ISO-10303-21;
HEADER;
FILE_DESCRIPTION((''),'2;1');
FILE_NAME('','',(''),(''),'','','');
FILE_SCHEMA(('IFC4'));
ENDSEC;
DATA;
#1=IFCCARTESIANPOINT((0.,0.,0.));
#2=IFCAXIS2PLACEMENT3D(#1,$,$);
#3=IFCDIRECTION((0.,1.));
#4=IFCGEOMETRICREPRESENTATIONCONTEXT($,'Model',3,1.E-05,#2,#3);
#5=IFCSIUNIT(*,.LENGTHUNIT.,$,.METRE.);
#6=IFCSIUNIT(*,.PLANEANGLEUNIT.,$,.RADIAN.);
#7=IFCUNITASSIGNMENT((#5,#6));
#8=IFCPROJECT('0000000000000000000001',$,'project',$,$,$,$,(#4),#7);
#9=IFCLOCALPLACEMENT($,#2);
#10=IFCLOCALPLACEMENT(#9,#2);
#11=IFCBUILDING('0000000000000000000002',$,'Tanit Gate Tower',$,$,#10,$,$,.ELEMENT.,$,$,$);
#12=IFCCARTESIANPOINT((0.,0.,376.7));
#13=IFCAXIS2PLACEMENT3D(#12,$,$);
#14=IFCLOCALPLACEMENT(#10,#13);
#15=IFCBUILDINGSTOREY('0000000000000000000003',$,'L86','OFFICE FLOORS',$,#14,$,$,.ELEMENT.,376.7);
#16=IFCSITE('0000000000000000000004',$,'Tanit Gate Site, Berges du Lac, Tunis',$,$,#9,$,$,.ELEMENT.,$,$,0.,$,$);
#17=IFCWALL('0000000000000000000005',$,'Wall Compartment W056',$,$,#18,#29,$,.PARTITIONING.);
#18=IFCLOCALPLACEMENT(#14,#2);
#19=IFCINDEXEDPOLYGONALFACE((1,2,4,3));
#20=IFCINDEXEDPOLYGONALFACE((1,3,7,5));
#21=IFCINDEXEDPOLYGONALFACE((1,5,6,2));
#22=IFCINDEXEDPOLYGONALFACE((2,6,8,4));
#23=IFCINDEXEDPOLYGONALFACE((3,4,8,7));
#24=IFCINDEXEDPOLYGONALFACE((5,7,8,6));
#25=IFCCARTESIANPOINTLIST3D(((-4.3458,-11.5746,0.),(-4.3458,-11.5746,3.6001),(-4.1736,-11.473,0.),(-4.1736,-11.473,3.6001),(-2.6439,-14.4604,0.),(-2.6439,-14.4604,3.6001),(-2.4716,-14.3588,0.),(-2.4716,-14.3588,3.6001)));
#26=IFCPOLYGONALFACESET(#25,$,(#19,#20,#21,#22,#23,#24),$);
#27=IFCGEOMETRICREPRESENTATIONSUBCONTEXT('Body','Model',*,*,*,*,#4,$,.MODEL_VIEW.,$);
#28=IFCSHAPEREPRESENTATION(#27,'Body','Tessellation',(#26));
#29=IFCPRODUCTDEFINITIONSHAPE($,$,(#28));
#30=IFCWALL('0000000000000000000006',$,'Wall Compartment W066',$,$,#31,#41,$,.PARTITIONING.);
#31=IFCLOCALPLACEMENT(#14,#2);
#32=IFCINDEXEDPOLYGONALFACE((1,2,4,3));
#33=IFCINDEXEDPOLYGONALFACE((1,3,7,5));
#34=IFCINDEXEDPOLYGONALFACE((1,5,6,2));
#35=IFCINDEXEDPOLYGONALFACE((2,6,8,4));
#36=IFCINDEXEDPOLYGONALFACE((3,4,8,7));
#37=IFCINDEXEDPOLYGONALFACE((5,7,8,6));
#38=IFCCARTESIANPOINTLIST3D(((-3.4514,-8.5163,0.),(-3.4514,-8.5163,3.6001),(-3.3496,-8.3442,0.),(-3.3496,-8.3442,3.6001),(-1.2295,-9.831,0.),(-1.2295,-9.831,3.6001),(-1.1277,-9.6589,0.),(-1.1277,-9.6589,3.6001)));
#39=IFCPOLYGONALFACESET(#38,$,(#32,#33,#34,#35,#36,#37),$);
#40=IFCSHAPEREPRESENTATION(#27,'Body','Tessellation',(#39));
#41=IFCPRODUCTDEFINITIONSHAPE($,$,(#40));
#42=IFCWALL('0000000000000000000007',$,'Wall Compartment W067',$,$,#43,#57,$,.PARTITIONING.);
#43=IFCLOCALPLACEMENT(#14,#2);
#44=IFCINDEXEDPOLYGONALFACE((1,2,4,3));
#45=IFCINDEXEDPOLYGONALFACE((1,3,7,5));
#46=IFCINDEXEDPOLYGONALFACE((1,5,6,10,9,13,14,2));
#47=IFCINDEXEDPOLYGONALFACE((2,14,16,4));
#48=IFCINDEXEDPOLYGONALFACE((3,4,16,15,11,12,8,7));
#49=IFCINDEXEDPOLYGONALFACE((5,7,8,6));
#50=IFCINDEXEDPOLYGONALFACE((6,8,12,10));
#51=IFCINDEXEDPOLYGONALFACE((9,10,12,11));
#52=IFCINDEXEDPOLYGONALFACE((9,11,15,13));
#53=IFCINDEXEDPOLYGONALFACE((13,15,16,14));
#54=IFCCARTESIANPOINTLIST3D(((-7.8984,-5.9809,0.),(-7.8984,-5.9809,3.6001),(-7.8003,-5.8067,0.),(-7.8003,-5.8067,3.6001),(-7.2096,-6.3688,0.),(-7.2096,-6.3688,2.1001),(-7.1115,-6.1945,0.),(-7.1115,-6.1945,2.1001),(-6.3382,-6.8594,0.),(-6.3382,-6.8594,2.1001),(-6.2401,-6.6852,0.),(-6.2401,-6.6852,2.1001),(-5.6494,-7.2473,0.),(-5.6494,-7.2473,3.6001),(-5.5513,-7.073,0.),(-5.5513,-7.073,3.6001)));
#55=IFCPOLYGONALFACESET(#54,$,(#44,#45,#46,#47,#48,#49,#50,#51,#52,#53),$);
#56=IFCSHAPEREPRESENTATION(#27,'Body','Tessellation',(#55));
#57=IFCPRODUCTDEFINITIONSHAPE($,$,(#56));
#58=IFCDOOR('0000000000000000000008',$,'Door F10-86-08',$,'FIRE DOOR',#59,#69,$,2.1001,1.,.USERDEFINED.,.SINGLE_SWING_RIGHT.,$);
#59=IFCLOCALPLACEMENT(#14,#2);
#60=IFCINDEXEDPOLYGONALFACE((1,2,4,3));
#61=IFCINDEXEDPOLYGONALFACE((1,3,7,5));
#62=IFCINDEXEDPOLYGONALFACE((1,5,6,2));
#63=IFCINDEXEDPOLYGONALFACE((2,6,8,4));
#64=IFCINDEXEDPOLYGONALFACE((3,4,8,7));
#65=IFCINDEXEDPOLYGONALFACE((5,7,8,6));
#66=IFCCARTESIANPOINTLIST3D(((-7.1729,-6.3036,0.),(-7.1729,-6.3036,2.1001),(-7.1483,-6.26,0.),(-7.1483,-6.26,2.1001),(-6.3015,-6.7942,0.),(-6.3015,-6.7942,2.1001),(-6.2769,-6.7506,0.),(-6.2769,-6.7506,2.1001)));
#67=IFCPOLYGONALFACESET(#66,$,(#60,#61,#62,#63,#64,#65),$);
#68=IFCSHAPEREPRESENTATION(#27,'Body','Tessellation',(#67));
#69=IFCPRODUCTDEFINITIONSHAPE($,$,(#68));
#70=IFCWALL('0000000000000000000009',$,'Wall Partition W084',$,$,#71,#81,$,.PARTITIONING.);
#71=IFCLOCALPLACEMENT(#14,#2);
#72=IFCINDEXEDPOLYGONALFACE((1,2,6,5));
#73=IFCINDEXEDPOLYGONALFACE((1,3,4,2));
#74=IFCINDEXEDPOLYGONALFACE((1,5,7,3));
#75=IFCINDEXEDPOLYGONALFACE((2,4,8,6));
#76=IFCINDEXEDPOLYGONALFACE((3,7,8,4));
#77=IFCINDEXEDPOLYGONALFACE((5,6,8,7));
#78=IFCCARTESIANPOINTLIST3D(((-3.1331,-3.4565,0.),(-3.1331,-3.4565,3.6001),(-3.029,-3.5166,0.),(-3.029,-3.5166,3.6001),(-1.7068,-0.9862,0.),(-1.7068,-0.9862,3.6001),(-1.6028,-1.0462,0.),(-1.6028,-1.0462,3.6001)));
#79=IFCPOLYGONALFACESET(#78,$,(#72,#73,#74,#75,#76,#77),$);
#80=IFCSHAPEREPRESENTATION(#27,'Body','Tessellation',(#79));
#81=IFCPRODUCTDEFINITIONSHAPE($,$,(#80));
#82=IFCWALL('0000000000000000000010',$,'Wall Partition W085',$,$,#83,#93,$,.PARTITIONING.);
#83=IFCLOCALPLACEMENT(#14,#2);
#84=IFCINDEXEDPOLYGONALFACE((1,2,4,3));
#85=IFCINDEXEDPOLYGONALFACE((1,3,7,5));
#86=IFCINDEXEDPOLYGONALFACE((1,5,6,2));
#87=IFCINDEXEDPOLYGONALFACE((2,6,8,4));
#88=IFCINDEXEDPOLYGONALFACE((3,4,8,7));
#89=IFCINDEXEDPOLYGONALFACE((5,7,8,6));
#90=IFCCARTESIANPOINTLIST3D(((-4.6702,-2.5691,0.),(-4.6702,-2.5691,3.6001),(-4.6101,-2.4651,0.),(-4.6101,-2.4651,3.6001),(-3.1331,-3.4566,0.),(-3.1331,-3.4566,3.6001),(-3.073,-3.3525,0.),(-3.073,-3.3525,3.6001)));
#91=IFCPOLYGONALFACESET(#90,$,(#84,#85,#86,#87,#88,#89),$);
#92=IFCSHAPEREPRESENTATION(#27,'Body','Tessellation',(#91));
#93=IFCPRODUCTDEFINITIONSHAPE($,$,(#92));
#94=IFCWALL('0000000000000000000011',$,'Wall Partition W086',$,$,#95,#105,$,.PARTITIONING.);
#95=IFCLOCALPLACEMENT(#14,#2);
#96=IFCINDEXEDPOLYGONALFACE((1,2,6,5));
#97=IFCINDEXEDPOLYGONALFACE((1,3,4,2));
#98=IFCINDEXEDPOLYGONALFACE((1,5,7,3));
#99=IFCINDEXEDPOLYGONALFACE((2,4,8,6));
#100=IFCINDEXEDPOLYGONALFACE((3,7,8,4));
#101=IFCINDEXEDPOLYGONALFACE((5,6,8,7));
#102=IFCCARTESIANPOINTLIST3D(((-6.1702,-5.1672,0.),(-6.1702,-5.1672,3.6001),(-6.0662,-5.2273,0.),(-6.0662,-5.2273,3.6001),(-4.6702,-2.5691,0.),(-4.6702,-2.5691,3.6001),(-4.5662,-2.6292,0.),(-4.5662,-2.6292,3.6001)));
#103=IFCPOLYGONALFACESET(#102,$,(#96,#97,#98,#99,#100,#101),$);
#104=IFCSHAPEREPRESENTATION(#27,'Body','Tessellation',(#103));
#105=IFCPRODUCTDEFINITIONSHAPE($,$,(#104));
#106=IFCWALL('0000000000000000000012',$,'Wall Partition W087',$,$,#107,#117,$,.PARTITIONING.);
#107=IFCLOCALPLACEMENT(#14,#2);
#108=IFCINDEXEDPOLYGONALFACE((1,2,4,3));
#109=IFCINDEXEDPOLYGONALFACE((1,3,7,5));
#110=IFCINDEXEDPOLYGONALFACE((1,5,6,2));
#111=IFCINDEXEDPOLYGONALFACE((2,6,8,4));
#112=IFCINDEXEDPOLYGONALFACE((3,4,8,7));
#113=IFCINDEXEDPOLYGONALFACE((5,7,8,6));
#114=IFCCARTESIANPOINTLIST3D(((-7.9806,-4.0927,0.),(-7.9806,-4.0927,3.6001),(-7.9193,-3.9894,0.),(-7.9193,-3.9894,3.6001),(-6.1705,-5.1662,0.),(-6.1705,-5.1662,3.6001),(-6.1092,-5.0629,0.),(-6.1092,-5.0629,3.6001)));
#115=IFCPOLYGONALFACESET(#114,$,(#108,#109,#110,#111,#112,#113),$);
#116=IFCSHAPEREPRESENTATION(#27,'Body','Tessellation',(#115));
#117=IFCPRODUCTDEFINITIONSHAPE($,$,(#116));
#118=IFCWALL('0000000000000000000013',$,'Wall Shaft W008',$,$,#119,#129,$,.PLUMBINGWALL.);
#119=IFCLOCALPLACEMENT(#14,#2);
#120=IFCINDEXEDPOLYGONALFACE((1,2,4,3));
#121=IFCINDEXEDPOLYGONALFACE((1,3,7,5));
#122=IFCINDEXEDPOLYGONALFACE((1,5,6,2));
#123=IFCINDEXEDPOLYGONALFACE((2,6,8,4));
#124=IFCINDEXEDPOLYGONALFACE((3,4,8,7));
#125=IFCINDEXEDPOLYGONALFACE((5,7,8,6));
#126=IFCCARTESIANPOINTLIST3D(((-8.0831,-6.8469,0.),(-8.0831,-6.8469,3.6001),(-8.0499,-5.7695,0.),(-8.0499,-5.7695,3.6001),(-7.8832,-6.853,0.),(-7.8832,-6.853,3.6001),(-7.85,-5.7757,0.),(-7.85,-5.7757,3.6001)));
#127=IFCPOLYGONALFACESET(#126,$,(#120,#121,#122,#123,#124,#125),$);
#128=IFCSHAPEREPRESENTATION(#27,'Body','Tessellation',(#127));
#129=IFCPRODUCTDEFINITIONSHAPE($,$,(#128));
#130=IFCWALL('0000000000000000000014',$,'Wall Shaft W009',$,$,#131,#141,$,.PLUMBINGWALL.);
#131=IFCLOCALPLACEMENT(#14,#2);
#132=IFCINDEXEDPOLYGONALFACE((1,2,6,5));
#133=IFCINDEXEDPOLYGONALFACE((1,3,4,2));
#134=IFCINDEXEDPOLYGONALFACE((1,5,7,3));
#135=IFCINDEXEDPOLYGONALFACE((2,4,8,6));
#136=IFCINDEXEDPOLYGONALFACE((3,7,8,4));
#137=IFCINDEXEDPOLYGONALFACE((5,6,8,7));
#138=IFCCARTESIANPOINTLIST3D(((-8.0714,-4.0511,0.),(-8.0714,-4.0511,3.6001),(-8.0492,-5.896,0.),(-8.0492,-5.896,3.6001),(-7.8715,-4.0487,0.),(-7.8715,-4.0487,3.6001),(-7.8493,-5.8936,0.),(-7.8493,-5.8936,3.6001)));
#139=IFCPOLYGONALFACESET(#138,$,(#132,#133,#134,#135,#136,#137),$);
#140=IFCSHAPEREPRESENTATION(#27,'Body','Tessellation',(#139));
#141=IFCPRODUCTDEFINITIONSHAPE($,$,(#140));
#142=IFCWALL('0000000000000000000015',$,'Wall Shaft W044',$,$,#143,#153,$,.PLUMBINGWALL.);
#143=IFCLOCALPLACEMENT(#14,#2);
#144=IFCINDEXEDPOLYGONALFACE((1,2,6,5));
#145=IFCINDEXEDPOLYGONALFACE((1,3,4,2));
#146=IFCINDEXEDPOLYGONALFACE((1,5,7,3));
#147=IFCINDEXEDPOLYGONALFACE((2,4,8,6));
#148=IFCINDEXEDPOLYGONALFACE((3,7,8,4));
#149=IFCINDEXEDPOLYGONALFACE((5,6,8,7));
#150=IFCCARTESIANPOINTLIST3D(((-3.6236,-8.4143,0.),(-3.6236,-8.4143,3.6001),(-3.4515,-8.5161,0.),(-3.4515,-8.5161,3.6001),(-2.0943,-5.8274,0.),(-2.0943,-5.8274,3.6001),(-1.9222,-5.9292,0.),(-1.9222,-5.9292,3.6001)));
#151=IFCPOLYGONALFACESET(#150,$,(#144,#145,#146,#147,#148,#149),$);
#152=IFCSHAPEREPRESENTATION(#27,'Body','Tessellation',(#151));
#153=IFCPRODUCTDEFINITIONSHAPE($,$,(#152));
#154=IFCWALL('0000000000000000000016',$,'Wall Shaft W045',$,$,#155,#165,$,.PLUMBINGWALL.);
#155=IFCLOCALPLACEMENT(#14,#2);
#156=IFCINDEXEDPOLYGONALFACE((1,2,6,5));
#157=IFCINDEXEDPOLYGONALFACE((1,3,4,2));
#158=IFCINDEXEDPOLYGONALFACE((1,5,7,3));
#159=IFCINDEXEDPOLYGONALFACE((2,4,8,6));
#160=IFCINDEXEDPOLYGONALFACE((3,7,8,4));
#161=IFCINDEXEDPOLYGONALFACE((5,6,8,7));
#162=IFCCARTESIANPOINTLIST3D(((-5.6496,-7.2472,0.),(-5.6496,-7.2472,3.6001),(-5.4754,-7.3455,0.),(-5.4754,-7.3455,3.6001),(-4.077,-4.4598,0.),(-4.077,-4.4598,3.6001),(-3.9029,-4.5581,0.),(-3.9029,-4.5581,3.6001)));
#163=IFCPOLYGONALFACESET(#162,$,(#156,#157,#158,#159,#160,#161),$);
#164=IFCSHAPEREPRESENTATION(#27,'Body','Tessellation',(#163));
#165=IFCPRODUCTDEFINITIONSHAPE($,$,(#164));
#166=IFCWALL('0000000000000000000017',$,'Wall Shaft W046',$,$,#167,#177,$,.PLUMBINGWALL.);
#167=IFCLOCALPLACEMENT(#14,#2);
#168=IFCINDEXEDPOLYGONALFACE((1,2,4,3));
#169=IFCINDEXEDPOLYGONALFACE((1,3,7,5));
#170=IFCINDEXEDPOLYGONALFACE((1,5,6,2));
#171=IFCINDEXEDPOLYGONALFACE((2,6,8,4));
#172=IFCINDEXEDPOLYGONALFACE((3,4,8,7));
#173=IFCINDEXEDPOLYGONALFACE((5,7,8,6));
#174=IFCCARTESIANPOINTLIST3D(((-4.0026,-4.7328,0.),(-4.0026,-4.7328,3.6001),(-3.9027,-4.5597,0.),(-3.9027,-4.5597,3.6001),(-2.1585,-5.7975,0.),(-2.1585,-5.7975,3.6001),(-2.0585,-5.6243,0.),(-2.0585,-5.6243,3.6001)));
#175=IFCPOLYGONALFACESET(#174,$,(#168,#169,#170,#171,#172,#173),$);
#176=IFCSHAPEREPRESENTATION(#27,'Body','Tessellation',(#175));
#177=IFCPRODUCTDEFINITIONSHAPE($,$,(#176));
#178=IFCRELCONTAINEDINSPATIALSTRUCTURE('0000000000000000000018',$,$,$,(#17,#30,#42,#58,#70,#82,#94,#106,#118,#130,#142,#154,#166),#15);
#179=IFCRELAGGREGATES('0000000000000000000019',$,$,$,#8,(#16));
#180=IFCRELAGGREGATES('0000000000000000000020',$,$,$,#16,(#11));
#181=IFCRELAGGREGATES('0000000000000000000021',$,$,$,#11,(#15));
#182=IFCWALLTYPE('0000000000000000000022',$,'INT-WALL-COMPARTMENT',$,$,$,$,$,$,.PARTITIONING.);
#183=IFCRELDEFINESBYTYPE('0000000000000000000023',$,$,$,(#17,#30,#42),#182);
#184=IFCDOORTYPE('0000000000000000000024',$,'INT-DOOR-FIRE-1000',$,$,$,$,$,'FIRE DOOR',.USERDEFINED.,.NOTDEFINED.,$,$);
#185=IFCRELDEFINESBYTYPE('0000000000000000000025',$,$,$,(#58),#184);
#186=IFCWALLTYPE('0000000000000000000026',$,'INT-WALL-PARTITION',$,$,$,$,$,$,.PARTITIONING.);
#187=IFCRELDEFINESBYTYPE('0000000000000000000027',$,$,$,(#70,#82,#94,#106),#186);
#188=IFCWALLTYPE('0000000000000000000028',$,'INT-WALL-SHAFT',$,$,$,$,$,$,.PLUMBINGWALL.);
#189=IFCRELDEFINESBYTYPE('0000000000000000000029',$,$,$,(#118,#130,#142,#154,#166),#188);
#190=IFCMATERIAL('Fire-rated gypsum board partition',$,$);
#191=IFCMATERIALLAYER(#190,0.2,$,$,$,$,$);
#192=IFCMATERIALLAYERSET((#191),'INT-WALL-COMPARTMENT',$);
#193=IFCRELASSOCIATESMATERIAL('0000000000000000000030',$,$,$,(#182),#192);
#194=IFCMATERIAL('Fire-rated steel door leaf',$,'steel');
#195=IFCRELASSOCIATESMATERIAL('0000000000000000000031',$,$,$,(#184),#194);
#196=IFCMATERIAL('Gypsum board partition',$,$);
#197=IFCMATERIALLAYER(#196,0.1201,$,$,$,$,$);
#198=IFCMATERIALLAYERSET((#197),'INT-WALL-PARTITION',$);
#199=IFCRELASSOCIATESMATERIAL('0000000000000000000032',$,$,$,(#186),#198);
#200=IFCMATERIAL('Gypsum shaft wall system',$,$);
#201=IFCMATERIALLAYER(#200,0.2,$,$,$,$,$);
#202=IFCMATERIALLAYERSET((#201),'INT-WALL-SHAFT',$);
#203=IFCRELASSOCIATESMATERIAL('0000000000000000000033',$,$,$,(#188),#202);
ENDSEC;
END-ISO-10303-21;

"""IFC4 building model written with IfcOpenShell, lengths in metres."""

from ifc_helpers import new_model, si_unit, direction, frame, frame_2d, origin, place, context, subcontext, project, spatial, rectangle, extrude, material, layer, layer_set, type_object, element, fill, save


model = new_model("IFC4")

# Units and contexts
model_context = context("Model", 3, precision=1e-05, world=origin(), true_north=direction((0.0, 1.0)))
body_context = subcontext(model_context, "Body", "Model", "MODEL_VIEW")
ifc_project = project(units=[si_unit("LENGTHUNIT", "METRE"), si_unit("PLANEANGLEUNIT", "RADIAN")], contexts=[model_context])

# Site, building, storey
site_placement = place(None, origin())
site = spatial("IfcSite", under=ifc_project, at=site_placement, Name="Tanit Gate Site, Berges du Lac, Tunis", CompositionType="ELEMENT", RefElevation=0.0)
building_placement = place(site_placement, origin())
building = spatial("IfcBuilding", under=site, at=building_placement, Name="Tanit Gate Tower", CompositionType="ELEMENT")
storey_placement = place(building_placement, frame((0.0, 0.0, 376.7)))
storey = spatial("IfcBuildingStorey", under=building, at=storey_placement, Name="L86", Description="OFFICE FLOORS", CompositionType="ELEMENT", Elevation=376.7)

# Walls
ifc_material_1 = material(Name="Fire-rated gypsum board partition")
ifc_layer_1 = layer(ifc_material_1, 0.2)
ifc_layer_set_1 = layer_set([ifc_layer_1], Name="INT-WALL-COMPARTMENT")
wall_type_1 = type_object("IfcWallType", Name="INT-WALL-COMPARTMENT", PredefinedType="PARTITIONING", material=ifc_layer_set_1)
wall_1_placement = place(storey_placement, frame((-4.2598, -11.5237, 0.0), z_axis=(0.0, 0.0, 1.0), x_axis=(0.507997, -0.861359, 0.0)))
element("IfcWall", 1, at=wall_1_placement, inside=storey, type_object=wall_type_1, Name="Wall Compartment W056", PredefinedType="PARTITIONING", context=body_context, shape_type="SweptSolid", body=[
    extrude(rectangle(XDim=3.3503, YDim=0.2, at=frame_2d((1.6753, 0.0))), origin(), (0.0, 0.0, 1.0), 3.6001),
])
wall_2_placement = place(storey_placement, frame((-3.4006, -8.4302, 0.0), z_axis=(0.0, 0.0, 1.0), x_axis=(0.860631, -0.509229, 0.0)))
element("IfcWall", 2, at=wall_2_placement, inside=storey, type_object=wall_type_1, Name="Wall Compartment W066", PredefinedType="PARTITIONING", context=body_context, shape_type="SweptSolid", body=[
    extrude(rectangle(XDim=2.5818, YDim=0.2, at=frame_2d((1.291, 0.0))), origin(), (0.0, 0.0, 1.0), 3.6001),
])

# Wall, opening, door
wall_3_placement = place(storey_placement, frame((-7.8494, -5.8938, 0.0), z_axis=(0.0, 0.0, 1.0), x_axis=(0.871363, -0.490638, 0.0)))
wall_3 = element("IfcWall", 3, at=wall_3_placement, inside=storey, type_object=wall_type_1, Name="Wall Compartment W067", PredefinedType="PARTITIONING", context=body_context, shape_type="SweptSolid", body=[
    extrude(rectangle(XDim=2.5811, YDim=0.2, at=frame_2d((1.2905, 0.0))), origin(), (0.0, 0.0, 1.0), 3.6001),
])
opening_1_placement = place(wall_3_placement, frame((0.7905, 0.0, 0.0)))
opening_1 = element("IfcOpeningElement", 4, at=opening_1_placement, cuts=wall_3, PredefinedType="OPENING", context=body_context, shape_type="SweptSolid", body=[
    extrude(rectangle(XDim=1.0, YDim=2.1001, at=frame_2d((0.5, 1.05))), frame((0.0, 0.1099, 0.0), z_axis=(0.0, -1.0, 0.0), x_axis=(1.0, 0.0, 0.0)), (0.0, 0.0, 1.0), 0.22),
])
ifc_material_2 = material(Name="Fire-rated steel door leaf", Category="steel")
door_type_1 = type_object("IfcDoorType", Name="INT-DOOR-FIRE-1000", ElementType="FIRE DOOR", OperationType="NOTDEFINED", PredefinedType="USERDEFINED", material=ifc_material_2)
door_1_placement = place(opening_1_placement, origin())
door_1 = element("IfcDoor", 5, at=door_1_placement, inside=storey, type_object=door_type_1, Name="Door F10-86-08", ObjectType="FIRE DOOR", OperationType="SINGLE_SWING_RIGHT", OverallHeight=2.1001, OverallWidth=1.0, PredefinedType="USERDEFINED", context=body_context, shape_type="SweptSolid", body=[
    extrude(rectangle(XDim=1.0, YDim=2.1001, at=frame_2d((0.5, 1.05))), frame((0.0, 0.0249, 0.0), z_axis=(0.0, -1.0, 0.0), x_axis=(1.0, 0.0, 0.0)), (0.0, 0.0, 1.0), 0.05),
])
fill(opening_1, door_1)

# Walls
ifc_material_3 = material(Name="Gypsum board partition")
ifc_layer_2 = layer(ifc_material_3, 0.1201)
ifc_layer_set_2 = layer_set([ifc_layer_2], Name="INT-WALL-PARTITION")
wall_type_2 = type_object("IfcWallType", Name="INT-WALL-PARTITION", PredefinedType="PARTITIONING", material=ifc_layer_set_2)
wall_4_placement = place(storey_placement, frame((-3.0811, -3.4866, 0.0), z_axis=(0.0, 0.0, 1.0), x_axis=(0.499987, 0.866033, 0.0)))
element("IfcWall", 6, at=wall_4_placement, inside=storey, type_object=wall_type_2, Name="Wall Partition W084", PredefinedType="PARTITIONING", context=body_context, shape_type="SweptSolid", body=[
    extrude(rectangle(XDim=2.8525, YDim=0.1201, at=frame_2d((1.4263, 0.0))), origin(), (0.0, 0.0, 1.0), 3.6001),
])
wall_5_placement = place(storey_placement, frame((-4.6401, -2.5171, 0.0), z_axis=(0.0, 0.0, 1.0), x_axis=(0.866025, -0.5, 0.0)))
element("IfcWall", 7, at=wall_5_placement, inside=storey, type_object=wall_type_2, Name="Wall Partition W085", PredefinedType="PARTITIONING", context=body_context, shape_type="SweptSolid", body=[
    extrude(rectangle(XDim=1.7749, YDim=0.1201, at=frame_2d((0.8875, 0.0))), origin(), (0.0, 0.0, 1.0), 3.6001),
])
wall_6_placement = place(storey_placement, frame((-6.1182, -5.1973, 0.0), z_axis=(0.0, 0.0, 1.0), x_axis=(0.49999, 0.866031, 0.0)))
element("IfcWall", 8, at=wall_6_placement, inside=storey, type_object=wall_type_2, Name="Wall Partition W086", PredefinedType="PARTITIONING", context=body_context, shape_type="SweptSolid", body=[
    extrude(rectangle(XDim=3.0, YDim=0.1201, at=frame_2d((1.5, 0.0))), origin(), (0.0, 0.0, 1.0), 3.6001),
])
wall_7_placement = place(storey_placement, frame((-7.95, -4.041, 0.0), z_axis=(0.0, 0.0, 1.0), x_axis=(0.860112, -0.510104, 0.0)))
element("IfcWall", 9, at=wall_7_placement, inside=storey, type_object=wall_type_2, Name="Wall Partition W087", PredefinedType="PARTITIONING", context=body_context, shape_type="SweptSolid", body=[
    extrude(rectangle(XDim=2.1045, YDim=0.1201, at=frame_2d((1.0522, 0.0))), origin(), (0.0, 0.0, 1.0), 3.6001),
])
ifc_material_4 = material(Name="Gypsum shaft wall system")
ifc_layer_3 = layer(ifc_material_4, 0.2)
ifc_layer_set_3 = layer_set([ifc_layer_3], Name="INT-WALL-SHAFT")
wall_type_3 = type_object("IfcWallType", Name="INT-WALL-SHAFT", PredefinedType="PLUMBINGWALL", material=ifc_layer_set_3)
wall_8_placement = place(storey_placement, frame((-7.95, -5.7725, 0.0), z_axis=(0.0, 0.0, 1.0), x_axis=(-0.030803, -0.999525, 0.0)))
element("IfcWall", 10, at=wall_8_placement, inside=storey, type_object=wall_type_3, Name="Wall Shaft W008", PredefinedType="PLUMBINGWALL", context=body_context, shape_type="SweptSolid", body=[
    extrude(rectangle(XDim=1.0779, YDim=0.2, at=frame_2d((0.5391, 0.0))), origin(), (0.0, 0.0, 1.0), 3.6001),
])
wall_9_placement = place(storey_placement, frame((-7.9714, -4.05, 0.0), z_axis=(0.0, 0.0, 1.0), x_axis=(0.012043, -0.999927, 0.0)))
element("IfcWall", 11, at=wall_9_placement, inside=storey, type_object=wall_type_3, Name="Wall Shaft W009", PredefinedType="PLUMBINGWALL", context=body_context, shape_type="SweptSolid", body=[
    extrude(rectangle(XDim=1.845, YDim=0.2, at=frame_2d((0.9224, 0.0))), origin(), (0.0, 0.0, 1.0), 3.6001),
])

# Walls
wall_10_placement = place(storey_placement, frame((-2.0083, -5.8784, 0.0), z_axis=(0.0, 0.0, 1.0), x_axis=(-0.508894, -0.860829, 0.0)))
element("IfcWall", 12, at=wall_10_placement, inside=storey, type_object=wall_type_3, Name="Wall Shaft W044", PredefinedType="PLUMBINGWALL", context=body_context, shape_type="SweptSolid", body=[
    extrude(rectangle(XDim=3.0051, YDim=0.2, at=frame_2d((1.5024, 0.0))), origin(), (0.0, 0.0, 1.0), 3.6001),
])
wall_11_placement = place(storey_placement, frame((-3.99, -4.509, 0.0), z_axis=(0.0, 0.0, 1.0), x_axis=(-0.491358, -0.870958, 0.0)))
element("IfcWall", 13, at=wall_11_placement, inside=storey, type_object=wall_type_3, Name="Wall Shaft W045", PredefinedType="PLUMBINGWALL", context=body_context, shape_type="SweptSolid", body=[
    extrude(rectangle(XDim=3.2004, YDim=0.2, at=frame_2d((1.6001, 0.0))), origin(), (0.0, 0.0, 1.0), 3.6001),
])
wall_12_placement = place(storey_placement, frame((-3.9526, -4.6462, 0.0), z_axis=(0.0, 0.0, 1.0), x_axis=(0.86604, -0.499974, 0.0)))
element("IfcWall", 14, at=wall_12_placement, inside=storey, type_object=wall_type_3, Name="Wall Shaft W046", PredefinedType="PLUMBINGWALL", context=body_context, shape_type="SweptSolid", body=[
    extrude(rectangle(XDim=2.1294, YDim=0.2, at=frame_2d((1.0647, 0.0))), origin(), (0.0, 0.0, 1.0), 3.6001),
])

save(model, "model.ifc")
